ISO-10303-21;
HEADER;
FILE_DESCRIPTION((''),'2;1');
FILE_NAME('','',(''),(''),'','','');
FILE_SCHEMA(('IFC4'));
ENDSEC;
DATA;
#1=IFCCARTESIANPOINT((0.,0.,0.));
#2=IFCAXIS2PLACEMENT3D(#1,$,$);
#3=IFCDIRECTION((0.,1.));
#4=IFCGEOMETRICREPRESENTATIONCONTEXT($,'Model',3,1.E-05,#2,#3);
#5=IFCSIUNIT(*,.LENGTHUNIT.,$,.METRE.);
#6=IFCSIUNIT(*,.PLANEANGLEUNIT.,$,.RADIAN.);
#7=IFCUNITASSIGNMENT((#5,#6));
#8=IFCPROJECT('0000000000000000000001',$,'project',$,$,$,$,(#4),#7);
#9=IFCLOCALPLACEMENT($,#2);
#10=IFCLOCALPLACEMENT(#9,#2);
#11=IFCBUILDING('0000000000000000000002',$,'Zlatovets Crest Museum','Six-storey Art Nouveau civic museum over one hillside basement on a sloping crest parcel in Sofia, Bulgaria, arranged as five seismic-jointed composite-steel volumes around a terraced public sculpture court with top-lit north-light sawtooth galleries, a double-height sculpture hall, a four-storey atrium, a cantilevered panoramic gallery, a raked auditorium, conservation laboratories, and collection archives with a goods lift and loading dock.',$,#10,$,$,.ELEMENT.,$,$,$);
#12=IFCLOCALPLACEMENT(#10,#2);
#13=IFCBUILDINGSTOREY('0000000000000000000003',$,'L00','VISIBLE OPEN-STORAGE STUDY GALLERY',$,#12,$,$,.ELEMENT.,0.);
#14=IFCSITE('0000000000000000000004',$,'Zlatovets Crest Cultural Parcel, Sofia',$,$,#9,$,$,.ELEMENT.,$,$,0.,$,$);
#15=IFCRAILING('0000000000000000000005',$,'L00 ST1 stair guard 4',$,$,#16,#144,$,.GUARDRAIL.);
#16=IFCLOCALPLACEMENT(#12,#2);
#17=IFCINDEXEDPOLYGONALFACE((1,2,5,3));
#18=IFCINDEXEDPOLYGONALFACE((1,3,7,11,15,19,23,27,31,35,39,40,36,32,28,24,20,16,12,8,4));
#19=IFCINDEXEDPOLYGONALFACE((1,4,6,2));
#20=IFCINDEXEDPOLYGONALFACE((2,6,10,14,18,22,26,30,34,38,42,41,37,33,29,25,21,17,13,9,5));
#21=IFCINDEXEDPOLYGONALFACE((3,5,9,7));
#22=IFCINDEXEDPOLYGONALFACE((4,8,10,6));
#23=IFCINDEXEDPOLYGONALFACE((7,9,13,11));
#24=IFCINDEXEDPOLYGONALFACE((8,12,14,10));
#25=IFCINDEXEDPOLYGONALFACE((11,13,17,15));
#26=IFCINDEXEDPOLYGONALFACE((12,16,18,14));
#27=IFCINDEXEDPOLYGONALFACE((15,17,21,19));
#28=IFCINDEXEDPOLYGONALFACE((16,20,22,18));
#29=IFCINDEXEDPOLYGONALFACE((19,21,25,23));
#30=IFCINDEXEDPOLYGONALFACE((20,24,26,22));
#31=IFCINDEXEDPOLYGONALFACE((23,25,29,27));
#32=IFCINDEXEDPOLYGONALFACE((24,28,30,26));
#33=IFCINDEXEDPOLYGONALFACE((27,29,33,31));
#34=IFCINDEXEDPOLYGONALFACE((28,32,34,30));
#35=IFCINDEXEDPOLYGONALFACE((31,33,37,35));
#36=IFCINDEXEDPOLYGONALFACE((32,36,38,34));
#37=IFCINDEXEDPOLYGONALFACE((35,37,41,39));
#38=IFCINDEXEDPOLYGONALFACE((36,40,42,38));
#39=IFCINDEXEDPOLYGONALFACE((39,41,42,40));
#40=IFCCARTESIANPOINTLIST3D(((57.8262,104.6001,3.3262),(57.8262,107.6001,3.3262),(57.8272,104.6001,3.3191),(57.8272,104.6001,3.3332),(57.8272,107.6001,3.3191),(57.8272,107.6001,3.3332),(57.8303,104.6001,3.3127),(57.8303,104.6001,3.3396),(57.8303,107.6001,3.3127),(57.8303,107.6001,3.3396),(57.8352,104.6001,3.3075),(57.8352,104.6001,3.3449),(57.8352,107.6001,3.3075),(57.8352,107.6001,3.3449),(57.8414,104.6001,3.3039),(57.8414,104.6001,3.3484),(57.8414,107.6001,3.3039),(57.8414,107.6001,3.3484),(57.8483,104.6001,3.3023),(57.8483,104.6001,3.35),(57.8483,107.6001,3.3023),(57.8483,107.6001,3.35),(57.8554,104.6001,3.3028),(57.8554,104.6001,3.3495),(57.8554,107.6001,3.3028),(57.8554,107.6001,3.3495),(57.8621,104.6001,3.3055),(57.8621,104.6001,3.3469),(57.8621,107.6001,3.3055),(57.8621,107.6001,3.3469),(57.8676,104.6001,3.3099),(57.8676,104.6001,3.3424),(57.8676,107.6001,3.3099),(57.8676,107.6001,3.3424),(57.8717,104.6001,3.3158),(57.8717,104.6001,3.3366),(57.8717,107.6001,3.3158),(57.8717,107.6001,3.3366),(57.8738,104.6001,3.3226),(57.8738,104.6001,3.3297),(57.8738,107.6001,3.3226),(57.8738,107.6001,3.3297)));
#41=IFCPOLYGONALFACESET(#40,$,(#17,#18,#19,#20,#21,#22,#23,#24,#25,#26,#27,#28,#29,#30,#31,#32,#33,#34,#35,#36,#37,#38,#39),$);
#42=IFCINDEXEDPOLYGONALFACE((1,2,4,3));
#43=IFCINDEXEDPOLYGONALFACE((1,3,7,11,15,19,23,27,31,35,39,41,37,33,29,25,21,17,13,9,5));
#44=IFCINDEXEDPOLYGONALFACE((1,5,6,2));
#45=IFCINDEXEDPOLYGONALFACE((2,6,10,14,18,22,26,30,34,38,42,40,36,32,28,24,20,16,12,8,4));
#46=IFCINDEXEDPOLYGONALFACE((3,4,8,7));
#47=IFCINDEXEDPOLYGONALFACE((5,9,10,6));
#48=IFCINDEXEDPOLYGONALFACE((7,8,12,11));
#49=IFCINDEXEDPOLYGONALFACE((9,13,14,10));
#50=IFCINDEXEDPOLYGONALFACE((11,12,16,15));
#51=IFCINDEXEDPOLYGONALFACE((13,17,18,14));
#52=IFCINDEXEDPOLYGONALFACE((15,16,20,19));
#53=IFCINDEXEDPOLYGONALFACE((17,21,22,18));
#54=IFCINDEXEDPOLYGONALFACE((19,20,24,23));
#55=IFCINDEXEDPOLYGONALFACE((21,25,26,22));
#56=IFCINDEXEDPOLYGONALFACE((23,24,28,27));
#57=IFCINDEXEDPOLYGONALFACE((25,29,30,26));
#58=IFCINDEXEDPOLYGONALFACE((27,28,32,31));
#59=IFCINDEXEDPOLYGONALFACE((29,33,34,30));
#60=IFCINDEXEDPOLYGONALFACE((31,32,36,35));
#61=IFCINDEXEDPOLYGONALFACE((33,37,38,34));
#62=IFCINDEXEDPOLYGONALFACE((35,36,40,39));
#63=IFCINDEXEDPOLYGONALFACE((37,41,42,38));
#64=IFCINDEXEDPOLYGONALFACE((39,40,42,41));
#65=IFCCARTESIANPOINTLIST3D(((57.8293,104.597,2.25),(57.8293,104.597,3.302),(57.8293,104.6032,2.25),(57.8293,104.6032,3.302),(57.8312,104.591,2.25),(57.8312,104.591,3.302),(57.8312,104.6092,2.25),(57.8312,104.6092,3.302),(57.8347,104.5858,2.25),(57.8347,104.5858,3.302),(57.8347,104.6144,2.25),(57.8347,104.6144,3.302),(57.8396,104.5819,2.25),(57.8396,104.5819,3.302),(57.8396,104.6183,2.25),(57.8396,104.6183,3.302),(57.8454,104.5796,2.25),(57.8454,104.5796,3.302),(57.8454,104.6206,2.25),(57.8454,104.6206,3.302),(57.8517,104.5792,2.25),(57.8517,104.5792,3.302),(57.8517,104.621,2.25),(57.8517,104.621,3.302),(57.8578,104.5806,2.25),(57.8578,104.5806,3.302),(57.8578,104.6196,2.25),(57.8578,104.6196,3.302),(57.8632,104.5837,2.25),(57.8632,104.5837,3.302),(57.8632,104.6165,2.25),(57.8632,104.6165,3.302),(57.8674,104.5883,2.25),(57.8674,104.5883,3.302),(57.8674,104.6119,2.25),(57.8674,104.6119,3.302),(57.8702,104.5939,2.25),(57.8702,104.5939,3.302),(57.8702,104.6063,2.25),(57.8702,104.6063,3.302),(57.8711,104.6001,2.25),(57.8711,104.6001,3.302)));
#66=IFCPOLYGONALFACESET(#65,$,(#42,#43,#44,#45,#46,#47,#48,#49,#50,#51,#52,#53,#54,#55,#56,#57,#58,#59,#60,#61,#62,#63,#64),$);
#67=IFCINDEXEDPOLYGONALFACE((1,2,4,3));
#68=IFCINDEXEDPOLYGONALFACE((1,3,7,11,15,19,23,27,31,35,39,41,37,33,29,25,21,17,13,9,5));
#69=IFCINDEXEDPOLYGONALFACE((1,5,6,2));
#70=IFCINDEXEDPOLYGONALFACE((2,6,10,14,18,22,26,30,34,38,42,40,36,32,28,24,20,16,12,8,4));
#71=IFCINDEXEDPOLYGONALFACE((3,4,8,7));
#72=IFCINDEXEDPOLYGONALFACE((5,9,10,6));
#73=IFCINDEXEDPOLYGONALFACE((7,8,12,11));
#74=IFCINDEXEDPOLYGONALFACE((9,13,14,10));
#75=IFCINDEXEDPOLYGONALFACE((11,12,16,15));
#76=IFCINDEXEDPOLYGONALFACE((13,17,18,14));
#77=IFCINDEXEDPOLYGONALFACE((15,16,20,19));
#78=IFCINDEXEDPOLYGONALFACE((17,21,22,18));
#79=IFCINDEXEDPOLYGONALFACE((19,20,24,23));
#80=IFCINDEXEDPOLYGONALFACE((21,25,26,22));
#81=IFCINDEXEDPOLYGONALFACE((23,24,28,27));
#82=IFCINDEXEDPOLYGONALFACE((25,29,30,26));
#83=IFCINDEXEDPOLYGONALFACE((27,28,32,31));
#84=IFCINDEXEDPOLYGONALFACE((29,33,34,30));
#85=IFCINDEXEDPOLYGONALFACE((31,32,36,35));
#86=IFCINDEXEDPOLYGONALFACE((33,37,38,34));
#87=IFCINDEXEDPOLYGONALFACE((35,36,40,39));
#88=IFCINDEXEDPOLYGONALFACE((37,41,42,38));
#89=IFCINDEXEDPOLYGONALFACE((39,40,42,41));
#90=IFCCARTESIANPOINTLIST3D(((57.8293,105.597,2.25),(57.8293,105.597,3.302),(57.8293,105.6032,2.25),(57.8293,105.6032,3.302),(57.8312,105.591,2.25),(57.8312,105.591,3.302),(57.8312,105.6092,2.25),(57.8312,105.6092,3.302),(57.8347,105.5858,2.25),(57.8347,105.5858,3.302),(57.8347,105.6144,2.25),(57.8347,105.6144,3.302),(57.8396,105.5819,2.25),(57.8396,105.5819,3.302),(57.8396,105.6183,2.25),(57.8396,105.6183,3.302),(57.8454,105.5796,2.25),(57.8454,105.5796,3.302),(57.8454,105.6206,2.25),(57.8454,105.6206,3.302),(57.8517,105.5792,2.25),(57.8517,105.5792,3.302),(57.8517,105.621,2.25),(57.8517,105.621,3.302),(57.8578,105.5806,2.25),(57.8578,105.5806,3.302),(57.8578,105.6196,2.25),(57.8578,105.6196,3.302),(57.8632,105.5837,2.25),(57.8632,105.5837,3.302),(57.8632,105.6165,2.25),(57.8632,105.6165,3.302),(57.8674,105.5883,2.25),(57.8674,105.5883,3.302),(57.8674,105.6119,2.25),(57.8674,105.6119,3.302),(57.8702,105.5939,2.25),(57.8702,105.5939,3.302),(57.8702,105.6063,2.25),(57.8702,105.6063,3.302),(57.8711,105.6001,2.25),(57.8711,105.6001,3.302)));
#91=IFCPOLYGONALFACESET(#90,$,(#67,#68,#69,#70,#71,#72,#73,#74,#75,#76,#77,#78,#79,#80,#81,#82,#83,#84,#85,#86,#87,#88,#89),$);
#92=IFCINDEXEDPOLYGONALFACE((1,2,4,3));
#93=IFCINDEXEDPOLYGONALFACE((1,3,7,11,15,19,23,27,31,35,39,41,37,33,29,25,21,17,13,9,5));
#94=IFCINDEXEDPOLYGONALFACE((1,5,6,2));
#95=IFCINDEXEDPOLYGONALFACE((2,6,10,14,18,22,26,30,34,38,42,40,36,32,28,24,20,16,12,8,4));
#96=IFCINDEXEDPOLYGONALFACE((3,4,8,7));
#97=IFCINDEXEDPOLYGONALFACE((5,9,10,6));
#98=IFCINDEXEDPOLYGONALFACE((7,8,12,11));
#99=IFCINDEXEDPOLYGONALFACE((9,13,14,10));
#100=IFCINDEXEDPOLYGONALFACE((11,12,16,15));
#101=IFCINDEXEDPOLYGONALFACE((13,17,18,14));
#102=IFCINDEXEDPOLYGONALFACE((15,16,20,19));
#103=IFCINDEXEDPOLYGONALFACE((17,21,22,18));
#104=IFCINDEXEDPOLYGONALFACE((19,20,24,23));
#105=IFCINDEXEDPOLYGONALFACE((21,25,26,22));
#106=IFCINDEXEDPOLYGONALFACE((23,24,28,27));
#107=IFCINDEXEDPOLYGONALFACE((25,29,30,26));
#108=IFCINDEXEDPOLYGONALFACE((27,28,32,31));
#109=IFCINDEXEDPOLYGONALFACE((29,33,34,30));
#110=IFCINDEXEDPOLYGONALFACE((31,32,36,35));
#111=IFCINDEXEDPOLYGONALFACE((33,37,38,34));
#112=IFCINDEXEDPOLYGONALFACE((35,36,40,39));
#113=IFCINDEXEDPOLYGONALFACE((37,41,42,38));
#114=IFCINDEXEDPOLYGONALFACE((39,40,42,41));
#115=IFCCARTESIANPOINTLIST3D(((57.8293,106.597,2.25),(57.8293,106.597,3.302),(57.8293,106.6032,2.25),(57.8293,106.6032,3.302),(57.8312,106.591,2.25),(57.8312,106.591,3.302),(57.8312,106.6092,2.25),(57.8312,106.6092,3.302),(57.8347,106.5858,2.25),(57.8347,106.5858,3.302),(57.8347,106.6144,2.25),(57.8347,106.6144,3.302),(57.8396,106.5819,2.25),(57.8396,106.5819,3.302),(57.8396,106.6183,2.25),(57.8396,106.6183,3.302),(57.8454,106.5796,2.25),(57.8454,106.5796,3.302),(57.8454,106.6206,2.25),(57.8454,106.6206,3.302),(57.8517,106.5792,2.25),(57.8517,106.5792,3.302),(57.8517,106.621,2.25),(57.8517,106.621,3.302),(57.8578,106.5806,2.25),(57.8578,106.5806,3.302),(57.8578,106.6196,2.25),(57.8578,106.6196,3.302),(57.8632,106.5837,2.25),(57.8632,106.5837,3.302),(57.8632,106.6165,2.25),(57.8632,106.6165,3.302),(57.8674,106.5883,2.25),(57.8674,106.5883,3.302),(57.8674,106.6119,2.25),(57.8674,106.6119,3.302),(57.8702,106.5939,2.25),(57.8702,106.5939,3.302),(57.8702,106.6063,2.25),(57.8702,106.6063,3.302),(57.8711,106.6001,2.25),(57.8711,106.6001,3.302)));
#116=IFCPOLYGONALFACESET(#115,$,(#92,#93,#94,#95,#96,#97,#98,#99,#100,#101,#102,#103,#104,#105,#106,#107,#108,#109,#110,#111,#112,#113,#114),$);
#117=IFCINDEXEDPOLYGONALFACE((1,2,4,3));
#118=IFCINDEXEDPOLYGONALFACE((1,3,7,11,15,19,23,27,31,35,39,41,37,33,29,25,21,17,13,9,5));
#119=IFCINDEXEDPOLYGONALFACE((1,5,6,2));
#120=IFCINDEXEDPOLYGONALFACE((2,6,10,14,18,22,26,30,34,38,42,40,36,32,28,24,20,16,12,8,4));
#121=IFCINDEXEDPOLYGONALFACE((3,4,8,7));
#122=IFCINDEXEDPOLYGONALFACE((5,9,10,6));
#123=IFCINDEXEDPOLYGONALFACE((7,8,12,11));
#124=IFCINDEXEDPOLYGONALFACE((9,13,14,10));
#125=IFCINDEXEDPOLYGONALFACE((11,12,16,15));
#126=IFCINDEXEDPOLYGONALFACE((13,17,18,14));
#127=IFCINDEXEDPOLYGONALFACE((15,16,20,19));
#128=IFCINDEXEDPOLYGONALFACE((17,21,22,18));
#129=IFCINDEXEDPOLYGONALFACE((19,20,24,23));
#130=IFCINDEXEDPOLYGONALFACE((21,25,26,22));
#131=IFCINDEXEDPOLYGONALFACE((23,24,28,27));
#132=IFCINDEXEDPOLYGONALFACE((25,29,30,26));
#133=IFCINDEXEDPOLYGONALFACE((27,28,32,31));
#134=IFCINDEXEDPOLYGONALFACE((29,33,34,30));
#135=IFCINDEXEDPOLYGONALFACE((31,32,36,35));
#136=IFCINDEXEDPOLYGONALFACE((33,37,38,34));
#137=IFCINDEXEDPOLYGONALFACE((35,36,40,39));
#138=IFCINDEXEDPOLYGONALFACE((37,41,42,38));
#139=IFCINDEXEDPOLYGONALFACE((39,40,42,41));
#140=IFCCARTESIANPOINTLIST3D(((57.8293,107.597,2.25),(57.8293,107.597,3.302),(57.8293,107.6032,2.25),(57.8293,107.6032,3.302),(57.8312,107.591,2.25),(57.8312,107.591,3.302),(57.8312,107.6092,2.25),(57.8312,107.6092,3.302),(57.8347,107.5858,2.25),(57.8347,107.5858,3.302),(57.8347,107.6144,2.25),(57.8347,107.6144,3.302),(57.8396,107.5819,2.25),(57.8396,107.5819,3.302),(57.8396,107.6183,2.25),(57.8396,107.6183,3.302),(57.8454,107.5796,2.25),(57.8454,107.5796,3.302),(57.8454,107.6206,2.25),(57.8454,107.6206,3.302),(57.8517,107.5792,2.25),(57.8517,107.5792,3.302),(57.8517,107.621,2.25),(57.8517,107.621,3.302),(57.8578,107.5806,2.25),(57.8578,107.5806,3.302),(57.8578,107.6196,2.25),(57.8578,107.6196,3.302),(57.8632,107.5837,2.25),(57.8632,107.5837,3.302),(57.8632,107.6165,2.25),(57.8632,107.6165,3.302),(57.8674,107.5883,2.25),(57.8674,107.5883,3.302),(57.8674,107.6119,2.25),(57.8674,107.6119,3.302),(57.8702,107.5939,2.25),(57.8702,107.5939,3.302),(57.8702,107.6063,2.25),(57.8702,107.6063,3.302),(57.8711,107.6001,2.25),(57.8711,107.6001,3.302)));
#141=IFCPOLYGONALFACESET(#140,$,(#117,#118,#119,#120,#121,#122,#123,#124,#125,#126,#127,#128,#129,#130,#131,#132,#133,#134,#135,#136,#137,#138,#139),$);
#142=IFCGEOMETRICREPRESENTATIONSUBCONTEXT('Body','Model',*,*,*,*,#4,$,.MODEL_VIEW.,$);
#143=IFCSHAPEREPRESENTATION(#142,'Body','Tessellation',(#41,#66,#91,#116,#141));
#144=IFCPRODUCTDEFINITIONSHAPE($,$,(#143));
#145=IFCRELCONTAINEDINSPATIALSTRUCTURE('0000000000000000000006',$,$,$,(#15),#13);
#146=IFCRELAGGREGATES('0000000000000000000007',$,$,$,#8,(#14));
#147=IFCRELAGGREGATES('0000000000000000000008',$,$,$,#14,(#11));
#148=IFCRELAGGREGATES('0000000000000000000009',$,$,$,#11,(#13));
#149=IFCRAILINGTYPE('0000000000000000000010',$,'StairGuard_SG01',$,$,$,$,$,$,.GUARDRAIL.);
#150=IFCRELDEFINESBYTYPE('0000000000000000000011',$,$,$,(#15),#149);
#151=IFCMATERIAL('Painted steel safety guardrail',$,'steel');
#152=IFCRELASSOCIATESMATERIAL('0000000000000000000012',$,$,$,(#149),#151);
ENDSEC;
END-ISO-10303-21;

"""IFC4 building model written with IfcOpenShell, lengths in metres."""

from ifc_helpers import new_model, si_unit, direction, frame, origin, origin_2d, place, context, subcontext, project, spatial, circle, extrude, material, type_object, element, save


model = new_model("IFC4")

# Units and contexts
model_context = context("Model", 3, precision=1e-05, world=origin(), true_north=direction((0.0, 1.0)))
body_context = subcontext(model_context, "Body", "Model", "MODEL_VIEW")
ifc_project = project(units=[si_unit("LENGTHUNIT", "METRE"), si_unit("PLANEANGLEUNIT", "RADIAN")], contexts=[model_context])

# Site, building, storey
site_placement = place(None, origin())
site = spatial("IfcSite", under=ifc_project, at=site_placement, Name="Zlatovets Crest Cultural Parcel, Sofia", CompositionType="ELEMENT", RefElevation=0.0)
building_placement = place(site_placement, origin())
building = spatial("IfcBuilding", under=site, at=building_placement, Name="Zlatovets Crest Museum", Description="Six-storey Art Nouveau civic museum over one hillside basement on a sloping crest parcel in Sofia, Bulgaria, arranged as five seismic-jointed composite-steel volumes around a terraced public sculpture court with top-lit north-light sawtooth galleries, a double-height sculpture hall, a four-storey atrium, a cantilevered panoramic gallery, a raked auditorium, conservation laboratories, and collection archives with a goods lift and loading dock.", CompositionType="ELEMENT")
storey_placement = place(building_placement, origin())
storey = spatial("IfcBuildingStorey", under=building, at=storey_placement, Name="L00", Description="VISIBLE OPEN-STORAGE STUDY GALLERY", CompositionType="ELEMENT", Elevation=0.0)

# Railing
ifc_material_1 = material(Name="Painted steel safety guardrail", Category="steel")
railing_type_1 = type_object("IfcRailingType", Name="StairGuard_SG01", PredefinedType="GUARDRAIL", material=ifc_material_1)
for number, where, name in (
    (1, (57.8501, 104.6001, 2.25), "L00 ST1 stair guard 4"),
):
    element("IfcRailing", number, at=place(storey_placement, frame(where)), inside=storey, type_object=railing_type_1, Name=name, PredefinedType="GUARDRAIL", context=body_context, shape_type="SweptSolid", body=[
        extrude(circle(Radius=0.0239, at=origin_2d()), frame((0.0, 0.0, 1.0762), z_axis=(0.0, 1.0, 0.0), x_axis=(-1.0, 0.0, 0.0)), (0.0, 0.0, 1.0), 3.0),
        extrude(circle(Radius=0.021, at=origin_2d()), origin(), (0.0, 0.0, 1.0), 1.052),
        extrude(circle(Radius=0.021, at=origin_2d()), frame((0.0, 1.0, 0.0)), (0.0, 0.0, 1.0), 1.052),
        extrude(circle(Radius=0.021, at=origin_2d()), frame((0.0, 2.0, 0.0)), (0.0, 0.0, 1.0), 1.052),
        extrude(circle(Radius=0.021, at=origin_2d()), frame((0.0, 3.0, 0.0)), (0.0, 0.0, 1.0), 1.052),
    ])

save(model, "model.ifc")
